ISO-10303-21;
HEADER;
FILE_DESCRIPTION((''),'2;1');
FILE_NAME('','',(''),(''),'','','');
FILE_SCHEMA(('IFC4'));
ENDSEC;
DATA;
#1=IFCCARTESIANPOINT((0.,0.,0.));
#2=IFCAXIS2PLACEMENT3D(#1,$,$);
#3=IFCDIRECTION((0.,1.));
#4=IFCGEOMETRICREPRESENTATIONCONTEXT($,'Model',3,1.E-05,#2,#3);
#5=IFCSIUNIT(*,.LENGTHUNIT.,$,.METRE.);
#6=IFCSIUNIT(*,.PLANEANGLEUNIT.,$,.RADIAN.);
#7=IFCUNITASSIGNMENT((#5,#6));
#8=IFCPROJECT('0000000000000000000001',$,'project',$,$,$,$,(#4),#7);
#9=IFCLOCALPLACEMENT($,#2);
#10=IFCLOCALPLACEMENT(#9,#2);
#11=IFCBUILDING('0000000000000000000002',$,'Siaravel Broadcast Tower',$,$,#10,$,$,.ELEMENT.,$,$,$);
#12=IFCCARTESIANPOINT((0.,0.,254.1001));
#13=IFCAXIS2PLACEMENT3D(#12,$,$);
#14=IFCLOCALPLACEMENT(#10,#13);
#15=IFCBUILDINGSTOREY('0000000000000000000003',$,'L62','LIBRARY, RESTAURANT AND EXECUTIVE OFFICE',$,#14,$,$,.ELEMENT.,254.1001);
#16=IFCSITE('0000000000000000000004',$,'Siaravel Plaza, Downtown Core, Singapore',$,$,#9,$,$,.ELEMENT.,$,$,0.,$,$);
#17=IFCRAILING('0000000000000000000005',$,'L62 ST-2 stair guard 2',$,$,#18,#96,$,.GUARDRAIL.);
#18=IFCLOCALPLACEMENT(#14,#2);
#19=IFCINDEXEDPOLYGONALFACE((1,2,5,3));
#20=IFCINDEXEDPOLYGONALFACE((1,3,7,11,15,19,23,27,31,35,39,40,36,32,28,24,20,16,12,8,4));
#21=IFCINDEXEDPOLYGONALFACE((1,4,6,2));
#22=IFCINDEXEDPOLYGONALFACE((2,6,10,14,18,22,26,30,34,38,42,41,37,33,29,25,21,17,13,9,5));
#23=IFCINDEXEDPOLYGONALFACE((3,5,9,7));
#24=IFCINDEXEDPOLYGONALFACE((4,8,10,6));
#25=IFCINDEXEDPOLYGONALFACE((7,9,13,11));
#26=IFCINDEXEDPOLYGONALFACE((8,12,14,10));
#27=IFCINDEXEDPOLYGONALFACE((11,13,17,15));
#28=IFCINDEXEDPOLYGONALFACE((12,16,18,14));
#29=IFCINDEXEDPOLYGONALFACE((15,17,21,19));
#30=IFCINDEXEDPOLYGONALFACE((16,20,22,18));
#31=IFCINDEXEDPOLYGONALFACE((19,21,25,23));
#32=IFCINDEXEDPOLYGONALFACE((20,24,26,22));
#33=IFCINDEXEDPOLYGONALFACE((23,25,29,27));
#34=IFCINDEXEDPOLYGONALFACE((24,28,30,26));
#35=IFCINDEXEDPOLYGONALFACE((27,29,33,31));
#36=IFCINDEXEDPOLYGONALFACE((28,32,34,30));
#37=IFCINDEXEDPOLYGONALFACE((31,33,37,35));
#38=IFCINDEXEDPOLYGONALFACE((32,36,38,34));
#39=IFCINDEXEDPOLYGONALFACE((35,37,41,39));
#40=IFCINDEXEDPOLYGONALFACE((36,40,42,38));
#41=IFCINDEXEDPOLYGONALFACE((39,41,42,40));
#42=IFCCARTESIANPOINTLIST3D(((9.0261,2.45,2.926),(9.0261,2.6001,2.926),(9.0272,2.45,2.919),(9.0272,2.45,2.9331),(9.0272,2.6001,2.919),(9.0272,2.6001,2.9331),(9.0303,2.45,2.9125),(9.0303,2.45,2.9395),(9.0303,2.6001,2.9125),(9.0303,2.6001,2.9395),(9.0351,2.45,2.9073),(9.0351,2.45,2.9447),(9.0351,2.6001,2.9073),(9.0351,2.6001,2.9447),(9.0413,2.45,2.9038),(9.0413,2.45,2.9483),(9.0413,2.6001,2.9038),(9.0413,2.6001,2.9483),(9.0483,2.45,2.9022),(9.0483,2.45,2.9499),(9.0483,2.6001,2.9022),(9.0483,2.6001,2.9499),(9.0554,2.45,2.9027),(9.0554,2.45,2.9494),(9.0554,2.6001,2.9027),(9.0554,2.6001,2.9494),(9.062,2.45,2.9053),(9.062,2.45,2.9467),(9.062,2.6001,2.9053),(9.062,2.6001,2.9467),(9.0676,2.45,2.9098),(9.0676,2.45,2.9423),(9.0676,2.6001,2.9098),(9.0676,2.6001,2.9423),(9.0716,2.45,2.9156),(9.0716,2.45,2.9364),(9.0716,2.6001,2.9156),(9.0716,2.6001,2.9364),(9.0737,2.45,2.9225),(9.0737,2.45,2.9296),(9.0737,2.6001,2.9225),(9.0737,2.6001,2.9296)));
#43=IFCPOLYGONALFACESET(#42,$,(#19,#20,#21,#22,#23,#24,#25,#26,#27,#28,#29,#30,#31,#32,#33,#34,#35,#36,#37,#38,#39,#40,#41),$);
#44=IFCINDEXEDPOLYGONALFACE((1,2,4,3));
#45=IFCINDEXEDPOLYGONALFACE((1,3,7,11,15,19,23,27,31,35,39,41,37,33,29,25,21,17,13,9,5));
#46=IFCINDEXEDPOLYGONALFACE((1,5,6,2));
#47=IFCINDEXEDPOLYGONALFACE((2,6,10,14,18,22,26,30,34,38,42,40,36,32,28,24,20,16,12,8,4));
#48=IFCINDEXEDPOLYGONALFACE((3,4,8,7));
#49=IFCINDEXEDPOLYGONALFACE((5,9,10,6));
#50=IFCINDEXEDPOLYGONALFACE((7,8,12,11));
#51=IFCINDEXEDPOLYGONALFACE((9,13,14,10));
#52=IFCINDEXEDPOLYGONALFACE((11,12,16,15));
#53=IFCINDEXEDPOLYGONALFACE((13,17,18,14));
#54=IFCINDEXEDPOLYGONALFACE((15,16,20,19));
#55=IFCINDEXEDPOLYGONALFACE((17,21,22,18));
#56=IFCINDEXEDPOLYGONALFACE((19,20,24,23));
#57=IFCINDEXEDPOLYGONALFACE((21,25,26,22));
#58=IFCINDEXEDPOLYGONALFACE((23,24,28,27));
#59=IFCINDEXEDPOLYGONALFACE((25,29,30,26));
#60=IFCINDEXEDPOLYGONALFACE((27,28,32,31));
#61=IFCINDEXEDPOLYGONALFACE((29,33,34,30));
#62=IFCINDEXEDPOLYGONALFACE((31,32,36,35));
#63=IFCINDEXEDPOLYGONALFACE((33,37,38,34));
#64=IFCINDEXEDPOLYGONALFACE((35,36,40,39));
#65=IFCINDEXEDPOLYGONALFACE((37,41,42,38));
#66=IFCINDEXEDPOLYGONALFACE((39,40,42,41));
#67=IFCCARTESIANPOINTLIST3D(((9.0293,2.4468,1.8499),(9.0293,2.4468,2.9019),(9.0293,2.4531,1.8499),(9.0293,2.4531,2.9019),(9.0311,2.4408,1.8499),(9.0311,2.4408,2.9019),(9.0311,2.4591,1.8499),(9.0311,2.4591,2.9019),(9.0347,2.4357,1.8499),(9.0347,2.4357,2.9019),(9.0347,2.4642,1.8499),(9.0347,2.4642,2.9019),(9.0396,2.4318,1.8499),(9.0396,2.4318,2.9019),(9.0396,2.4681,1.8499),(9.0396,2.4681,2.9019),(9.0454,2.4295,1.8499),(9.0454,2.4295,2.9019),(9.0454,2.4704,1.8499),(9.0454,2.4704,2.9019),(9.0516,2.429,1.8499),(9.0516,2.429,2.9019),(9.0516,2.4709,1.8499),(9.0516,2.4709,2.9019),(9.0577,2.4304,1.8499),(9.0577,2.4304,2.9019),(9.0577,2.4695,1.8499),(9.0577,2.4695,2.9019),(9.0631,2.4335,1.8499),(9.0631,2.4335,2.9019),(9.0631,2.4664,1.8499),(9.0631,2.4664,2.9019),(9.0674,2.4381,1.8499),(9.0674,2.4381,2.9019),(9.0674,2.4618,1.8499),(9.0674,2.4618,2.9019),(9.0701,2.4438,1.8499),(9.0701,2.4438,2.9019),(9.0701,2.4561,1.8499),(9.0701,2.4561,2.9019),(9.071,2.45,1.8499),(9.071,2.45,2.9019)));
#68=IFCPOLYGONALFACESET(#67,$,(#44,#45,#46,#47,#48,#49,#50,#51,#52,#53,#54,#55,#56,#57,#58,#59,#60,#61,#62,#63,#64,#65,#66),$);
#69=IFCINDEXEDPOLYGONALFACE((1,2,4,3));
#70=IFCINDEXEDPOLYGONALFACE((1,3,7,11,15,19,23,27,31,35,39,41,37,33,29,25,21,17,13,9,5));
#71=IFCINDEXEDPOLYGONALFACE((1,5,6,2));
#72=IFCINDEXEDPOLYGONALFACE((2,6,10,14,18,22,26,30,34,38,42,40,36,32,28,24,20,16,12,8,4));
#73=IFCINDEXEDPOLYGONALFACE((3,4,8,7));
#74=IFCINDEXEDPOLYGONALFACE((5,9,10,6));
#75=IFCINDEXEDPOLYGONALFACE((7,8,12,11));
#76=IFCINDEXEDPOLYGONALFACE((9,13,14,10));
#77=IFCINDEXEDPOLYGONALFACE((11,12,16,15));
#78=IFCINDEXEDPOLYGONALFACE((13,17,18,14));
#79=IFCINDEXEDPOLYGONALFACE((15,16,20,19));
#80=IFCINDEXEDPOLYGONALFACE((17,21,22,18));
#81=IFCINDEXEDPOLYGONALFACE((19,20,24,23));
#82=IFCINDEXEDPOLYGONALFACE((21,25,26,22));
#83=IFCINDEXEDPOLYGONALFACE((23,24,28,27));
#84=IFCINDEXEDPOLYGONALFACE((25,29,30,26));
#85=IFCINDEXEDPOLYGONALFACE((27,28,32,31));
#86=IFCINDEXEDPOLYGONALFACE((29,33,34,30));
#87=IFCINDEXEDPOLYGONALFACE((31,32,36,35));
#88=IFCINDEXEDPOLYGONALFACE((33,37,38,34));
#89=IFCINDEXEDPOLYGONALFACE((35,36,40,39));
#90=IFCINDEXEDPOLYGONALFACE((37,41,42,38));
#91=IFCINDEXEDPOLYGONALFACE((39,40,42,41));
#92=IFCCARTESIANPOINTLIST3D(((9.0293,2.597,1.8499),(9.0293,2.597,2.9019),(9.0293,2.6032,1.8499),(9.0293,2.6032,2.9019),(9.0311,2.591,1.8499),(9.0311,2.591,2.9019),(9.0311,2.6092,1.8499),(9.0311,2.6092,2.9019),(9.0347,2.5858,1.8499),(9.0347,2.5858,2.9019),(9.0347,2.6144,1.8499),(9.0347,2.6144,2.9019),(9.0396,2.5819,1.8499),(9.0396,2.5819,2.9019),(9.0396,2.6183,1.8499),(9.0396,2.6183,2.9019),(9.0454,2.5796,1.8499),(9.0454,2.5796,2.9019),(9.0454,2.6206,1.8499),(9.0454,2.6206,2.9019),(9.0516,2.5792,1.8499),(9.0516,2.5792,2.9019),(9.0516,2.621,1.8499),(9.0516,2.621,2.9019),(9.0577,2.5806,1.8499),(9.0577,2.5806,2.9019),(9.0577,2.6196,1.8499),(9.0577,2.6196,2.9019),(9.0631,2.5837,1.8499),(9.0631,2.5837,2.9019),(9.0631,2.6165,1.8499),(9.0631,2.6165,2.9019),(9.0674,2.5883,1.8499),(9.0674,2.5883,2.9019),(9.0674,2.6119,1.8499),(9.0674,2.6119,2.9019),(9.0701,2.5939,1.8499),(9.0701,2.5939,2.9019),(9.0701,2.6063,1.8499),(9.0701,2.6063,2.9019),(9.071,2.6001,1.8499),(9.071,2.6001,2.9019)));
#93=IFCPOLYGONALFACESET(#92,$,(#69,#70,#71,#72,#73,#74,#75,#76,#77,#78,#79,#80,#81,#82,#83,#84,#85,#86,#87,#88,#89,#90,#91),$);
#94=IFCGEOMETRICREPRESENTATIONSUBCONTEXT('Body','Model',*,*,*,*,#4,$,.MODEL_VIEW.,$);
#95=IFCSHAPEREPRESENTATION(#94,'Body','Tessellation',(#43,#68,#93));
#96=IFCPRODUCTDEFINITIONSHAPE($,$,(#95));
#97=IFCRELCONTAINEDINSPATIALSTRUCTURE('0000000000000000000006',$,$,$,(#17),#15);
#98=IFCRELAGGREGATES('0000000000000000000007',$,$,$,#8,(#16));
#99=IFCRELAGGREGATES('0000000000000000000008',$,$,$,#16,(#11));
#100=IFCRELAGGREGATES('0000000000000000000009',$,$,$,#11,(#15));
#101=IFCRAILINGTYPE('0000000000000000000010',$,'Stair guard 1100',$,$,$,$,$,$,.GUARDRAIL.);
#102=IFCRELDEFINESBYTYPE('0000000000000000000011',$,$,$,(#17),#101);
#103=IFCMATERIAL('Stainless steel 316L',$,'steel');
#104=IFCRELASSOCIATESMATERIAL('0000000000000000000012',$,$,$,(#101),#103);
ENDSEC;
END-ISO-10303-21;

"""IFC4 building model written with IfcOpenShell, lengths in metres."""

from ifc_helpers import new_model, si_unit, direction, frame, origin, origin_2d, place, context, subcontext, project, spatial, circle, extrude, material, type_object, element, save


model = new_model("IFC4")

# Units and contexts
model_context = context("Model", 3, precision=1e-05, world=origin(), true_north=direction((0.0, 1.0)))
body_context = subcontext(model_context, "Body", "Model", "MODEL_VIEW")
ifc_project = project(units=[si_unit("LENGTHUNIT", "METRE"), si_unit("PLANEANGLEUNIT", "RADIAN")], contexts=[model_context])

# Site, building, storey
site_placement = place(None, origin())
site = spatial("IfcSite", under=ifc_project, at=site_placement, Name="Siaravel Plaza, Downtown Core, Singapore", CompositionType="ELEMENT", RefElevation=0.0)
building_placement = place(site_placement, origin())
building = spatial("IfcBuilding", under=site, at=building_placement, Name="Siaravel Broadcast Tower", CompositionType="ELEMENT")
storey_placement = place(building_placement, frame((0.0, 0.0, 254.1001)))
storey = spatial("IfcBuildingStorey", under=building, at=storey_placement, Name="L62", Description="LIBRARY, RESTAURANT AND EXECUTIVE OFFICE", CompositionType="ELEMENT", Elevation=254.1001)

# Railing
ifc_material_1 = material(Name="Stainless steel 316L", Category="steel")
railing_type_1 = type_object("IfcRailingType", Name="Stair guard 1100", PredefinedType="GUARDRAIL", material=ifc_material_1)
railing_1_placement = place(storey_placement, frame((9.05, 2.45, 1.8499)))
element("IfcRailing", 1, at=railing_1_placement, inside=storey, type_object=railing_type_1, Name="L62 ST-2 stair guard 2", PredefinedType="GUARDRAIL", context=body_context, shape_type="SweptSolid", body=[
    extrude(circle(Radius=0.0239, at=origin_2d()), frame((0.0, 0.0, 1.0762), z_axis=(0.0, 1.0, 0.0), x_axis=(-1.0, 0.0, 0.0)), (0.0, 0.0, 1.0), 0.1501),
    extrude(circle(Radius=0.021, at=origin_2d()), origin(), (0.0, 0.0, 1.0), 1.052),
    extrude(circle(Radius=0.021, at=origin_2d()), frame((0.0, 0.1501, 0.0)), (0.0, 0.0, 1.0), 1.052),
])

save(model, "model.ifc")
